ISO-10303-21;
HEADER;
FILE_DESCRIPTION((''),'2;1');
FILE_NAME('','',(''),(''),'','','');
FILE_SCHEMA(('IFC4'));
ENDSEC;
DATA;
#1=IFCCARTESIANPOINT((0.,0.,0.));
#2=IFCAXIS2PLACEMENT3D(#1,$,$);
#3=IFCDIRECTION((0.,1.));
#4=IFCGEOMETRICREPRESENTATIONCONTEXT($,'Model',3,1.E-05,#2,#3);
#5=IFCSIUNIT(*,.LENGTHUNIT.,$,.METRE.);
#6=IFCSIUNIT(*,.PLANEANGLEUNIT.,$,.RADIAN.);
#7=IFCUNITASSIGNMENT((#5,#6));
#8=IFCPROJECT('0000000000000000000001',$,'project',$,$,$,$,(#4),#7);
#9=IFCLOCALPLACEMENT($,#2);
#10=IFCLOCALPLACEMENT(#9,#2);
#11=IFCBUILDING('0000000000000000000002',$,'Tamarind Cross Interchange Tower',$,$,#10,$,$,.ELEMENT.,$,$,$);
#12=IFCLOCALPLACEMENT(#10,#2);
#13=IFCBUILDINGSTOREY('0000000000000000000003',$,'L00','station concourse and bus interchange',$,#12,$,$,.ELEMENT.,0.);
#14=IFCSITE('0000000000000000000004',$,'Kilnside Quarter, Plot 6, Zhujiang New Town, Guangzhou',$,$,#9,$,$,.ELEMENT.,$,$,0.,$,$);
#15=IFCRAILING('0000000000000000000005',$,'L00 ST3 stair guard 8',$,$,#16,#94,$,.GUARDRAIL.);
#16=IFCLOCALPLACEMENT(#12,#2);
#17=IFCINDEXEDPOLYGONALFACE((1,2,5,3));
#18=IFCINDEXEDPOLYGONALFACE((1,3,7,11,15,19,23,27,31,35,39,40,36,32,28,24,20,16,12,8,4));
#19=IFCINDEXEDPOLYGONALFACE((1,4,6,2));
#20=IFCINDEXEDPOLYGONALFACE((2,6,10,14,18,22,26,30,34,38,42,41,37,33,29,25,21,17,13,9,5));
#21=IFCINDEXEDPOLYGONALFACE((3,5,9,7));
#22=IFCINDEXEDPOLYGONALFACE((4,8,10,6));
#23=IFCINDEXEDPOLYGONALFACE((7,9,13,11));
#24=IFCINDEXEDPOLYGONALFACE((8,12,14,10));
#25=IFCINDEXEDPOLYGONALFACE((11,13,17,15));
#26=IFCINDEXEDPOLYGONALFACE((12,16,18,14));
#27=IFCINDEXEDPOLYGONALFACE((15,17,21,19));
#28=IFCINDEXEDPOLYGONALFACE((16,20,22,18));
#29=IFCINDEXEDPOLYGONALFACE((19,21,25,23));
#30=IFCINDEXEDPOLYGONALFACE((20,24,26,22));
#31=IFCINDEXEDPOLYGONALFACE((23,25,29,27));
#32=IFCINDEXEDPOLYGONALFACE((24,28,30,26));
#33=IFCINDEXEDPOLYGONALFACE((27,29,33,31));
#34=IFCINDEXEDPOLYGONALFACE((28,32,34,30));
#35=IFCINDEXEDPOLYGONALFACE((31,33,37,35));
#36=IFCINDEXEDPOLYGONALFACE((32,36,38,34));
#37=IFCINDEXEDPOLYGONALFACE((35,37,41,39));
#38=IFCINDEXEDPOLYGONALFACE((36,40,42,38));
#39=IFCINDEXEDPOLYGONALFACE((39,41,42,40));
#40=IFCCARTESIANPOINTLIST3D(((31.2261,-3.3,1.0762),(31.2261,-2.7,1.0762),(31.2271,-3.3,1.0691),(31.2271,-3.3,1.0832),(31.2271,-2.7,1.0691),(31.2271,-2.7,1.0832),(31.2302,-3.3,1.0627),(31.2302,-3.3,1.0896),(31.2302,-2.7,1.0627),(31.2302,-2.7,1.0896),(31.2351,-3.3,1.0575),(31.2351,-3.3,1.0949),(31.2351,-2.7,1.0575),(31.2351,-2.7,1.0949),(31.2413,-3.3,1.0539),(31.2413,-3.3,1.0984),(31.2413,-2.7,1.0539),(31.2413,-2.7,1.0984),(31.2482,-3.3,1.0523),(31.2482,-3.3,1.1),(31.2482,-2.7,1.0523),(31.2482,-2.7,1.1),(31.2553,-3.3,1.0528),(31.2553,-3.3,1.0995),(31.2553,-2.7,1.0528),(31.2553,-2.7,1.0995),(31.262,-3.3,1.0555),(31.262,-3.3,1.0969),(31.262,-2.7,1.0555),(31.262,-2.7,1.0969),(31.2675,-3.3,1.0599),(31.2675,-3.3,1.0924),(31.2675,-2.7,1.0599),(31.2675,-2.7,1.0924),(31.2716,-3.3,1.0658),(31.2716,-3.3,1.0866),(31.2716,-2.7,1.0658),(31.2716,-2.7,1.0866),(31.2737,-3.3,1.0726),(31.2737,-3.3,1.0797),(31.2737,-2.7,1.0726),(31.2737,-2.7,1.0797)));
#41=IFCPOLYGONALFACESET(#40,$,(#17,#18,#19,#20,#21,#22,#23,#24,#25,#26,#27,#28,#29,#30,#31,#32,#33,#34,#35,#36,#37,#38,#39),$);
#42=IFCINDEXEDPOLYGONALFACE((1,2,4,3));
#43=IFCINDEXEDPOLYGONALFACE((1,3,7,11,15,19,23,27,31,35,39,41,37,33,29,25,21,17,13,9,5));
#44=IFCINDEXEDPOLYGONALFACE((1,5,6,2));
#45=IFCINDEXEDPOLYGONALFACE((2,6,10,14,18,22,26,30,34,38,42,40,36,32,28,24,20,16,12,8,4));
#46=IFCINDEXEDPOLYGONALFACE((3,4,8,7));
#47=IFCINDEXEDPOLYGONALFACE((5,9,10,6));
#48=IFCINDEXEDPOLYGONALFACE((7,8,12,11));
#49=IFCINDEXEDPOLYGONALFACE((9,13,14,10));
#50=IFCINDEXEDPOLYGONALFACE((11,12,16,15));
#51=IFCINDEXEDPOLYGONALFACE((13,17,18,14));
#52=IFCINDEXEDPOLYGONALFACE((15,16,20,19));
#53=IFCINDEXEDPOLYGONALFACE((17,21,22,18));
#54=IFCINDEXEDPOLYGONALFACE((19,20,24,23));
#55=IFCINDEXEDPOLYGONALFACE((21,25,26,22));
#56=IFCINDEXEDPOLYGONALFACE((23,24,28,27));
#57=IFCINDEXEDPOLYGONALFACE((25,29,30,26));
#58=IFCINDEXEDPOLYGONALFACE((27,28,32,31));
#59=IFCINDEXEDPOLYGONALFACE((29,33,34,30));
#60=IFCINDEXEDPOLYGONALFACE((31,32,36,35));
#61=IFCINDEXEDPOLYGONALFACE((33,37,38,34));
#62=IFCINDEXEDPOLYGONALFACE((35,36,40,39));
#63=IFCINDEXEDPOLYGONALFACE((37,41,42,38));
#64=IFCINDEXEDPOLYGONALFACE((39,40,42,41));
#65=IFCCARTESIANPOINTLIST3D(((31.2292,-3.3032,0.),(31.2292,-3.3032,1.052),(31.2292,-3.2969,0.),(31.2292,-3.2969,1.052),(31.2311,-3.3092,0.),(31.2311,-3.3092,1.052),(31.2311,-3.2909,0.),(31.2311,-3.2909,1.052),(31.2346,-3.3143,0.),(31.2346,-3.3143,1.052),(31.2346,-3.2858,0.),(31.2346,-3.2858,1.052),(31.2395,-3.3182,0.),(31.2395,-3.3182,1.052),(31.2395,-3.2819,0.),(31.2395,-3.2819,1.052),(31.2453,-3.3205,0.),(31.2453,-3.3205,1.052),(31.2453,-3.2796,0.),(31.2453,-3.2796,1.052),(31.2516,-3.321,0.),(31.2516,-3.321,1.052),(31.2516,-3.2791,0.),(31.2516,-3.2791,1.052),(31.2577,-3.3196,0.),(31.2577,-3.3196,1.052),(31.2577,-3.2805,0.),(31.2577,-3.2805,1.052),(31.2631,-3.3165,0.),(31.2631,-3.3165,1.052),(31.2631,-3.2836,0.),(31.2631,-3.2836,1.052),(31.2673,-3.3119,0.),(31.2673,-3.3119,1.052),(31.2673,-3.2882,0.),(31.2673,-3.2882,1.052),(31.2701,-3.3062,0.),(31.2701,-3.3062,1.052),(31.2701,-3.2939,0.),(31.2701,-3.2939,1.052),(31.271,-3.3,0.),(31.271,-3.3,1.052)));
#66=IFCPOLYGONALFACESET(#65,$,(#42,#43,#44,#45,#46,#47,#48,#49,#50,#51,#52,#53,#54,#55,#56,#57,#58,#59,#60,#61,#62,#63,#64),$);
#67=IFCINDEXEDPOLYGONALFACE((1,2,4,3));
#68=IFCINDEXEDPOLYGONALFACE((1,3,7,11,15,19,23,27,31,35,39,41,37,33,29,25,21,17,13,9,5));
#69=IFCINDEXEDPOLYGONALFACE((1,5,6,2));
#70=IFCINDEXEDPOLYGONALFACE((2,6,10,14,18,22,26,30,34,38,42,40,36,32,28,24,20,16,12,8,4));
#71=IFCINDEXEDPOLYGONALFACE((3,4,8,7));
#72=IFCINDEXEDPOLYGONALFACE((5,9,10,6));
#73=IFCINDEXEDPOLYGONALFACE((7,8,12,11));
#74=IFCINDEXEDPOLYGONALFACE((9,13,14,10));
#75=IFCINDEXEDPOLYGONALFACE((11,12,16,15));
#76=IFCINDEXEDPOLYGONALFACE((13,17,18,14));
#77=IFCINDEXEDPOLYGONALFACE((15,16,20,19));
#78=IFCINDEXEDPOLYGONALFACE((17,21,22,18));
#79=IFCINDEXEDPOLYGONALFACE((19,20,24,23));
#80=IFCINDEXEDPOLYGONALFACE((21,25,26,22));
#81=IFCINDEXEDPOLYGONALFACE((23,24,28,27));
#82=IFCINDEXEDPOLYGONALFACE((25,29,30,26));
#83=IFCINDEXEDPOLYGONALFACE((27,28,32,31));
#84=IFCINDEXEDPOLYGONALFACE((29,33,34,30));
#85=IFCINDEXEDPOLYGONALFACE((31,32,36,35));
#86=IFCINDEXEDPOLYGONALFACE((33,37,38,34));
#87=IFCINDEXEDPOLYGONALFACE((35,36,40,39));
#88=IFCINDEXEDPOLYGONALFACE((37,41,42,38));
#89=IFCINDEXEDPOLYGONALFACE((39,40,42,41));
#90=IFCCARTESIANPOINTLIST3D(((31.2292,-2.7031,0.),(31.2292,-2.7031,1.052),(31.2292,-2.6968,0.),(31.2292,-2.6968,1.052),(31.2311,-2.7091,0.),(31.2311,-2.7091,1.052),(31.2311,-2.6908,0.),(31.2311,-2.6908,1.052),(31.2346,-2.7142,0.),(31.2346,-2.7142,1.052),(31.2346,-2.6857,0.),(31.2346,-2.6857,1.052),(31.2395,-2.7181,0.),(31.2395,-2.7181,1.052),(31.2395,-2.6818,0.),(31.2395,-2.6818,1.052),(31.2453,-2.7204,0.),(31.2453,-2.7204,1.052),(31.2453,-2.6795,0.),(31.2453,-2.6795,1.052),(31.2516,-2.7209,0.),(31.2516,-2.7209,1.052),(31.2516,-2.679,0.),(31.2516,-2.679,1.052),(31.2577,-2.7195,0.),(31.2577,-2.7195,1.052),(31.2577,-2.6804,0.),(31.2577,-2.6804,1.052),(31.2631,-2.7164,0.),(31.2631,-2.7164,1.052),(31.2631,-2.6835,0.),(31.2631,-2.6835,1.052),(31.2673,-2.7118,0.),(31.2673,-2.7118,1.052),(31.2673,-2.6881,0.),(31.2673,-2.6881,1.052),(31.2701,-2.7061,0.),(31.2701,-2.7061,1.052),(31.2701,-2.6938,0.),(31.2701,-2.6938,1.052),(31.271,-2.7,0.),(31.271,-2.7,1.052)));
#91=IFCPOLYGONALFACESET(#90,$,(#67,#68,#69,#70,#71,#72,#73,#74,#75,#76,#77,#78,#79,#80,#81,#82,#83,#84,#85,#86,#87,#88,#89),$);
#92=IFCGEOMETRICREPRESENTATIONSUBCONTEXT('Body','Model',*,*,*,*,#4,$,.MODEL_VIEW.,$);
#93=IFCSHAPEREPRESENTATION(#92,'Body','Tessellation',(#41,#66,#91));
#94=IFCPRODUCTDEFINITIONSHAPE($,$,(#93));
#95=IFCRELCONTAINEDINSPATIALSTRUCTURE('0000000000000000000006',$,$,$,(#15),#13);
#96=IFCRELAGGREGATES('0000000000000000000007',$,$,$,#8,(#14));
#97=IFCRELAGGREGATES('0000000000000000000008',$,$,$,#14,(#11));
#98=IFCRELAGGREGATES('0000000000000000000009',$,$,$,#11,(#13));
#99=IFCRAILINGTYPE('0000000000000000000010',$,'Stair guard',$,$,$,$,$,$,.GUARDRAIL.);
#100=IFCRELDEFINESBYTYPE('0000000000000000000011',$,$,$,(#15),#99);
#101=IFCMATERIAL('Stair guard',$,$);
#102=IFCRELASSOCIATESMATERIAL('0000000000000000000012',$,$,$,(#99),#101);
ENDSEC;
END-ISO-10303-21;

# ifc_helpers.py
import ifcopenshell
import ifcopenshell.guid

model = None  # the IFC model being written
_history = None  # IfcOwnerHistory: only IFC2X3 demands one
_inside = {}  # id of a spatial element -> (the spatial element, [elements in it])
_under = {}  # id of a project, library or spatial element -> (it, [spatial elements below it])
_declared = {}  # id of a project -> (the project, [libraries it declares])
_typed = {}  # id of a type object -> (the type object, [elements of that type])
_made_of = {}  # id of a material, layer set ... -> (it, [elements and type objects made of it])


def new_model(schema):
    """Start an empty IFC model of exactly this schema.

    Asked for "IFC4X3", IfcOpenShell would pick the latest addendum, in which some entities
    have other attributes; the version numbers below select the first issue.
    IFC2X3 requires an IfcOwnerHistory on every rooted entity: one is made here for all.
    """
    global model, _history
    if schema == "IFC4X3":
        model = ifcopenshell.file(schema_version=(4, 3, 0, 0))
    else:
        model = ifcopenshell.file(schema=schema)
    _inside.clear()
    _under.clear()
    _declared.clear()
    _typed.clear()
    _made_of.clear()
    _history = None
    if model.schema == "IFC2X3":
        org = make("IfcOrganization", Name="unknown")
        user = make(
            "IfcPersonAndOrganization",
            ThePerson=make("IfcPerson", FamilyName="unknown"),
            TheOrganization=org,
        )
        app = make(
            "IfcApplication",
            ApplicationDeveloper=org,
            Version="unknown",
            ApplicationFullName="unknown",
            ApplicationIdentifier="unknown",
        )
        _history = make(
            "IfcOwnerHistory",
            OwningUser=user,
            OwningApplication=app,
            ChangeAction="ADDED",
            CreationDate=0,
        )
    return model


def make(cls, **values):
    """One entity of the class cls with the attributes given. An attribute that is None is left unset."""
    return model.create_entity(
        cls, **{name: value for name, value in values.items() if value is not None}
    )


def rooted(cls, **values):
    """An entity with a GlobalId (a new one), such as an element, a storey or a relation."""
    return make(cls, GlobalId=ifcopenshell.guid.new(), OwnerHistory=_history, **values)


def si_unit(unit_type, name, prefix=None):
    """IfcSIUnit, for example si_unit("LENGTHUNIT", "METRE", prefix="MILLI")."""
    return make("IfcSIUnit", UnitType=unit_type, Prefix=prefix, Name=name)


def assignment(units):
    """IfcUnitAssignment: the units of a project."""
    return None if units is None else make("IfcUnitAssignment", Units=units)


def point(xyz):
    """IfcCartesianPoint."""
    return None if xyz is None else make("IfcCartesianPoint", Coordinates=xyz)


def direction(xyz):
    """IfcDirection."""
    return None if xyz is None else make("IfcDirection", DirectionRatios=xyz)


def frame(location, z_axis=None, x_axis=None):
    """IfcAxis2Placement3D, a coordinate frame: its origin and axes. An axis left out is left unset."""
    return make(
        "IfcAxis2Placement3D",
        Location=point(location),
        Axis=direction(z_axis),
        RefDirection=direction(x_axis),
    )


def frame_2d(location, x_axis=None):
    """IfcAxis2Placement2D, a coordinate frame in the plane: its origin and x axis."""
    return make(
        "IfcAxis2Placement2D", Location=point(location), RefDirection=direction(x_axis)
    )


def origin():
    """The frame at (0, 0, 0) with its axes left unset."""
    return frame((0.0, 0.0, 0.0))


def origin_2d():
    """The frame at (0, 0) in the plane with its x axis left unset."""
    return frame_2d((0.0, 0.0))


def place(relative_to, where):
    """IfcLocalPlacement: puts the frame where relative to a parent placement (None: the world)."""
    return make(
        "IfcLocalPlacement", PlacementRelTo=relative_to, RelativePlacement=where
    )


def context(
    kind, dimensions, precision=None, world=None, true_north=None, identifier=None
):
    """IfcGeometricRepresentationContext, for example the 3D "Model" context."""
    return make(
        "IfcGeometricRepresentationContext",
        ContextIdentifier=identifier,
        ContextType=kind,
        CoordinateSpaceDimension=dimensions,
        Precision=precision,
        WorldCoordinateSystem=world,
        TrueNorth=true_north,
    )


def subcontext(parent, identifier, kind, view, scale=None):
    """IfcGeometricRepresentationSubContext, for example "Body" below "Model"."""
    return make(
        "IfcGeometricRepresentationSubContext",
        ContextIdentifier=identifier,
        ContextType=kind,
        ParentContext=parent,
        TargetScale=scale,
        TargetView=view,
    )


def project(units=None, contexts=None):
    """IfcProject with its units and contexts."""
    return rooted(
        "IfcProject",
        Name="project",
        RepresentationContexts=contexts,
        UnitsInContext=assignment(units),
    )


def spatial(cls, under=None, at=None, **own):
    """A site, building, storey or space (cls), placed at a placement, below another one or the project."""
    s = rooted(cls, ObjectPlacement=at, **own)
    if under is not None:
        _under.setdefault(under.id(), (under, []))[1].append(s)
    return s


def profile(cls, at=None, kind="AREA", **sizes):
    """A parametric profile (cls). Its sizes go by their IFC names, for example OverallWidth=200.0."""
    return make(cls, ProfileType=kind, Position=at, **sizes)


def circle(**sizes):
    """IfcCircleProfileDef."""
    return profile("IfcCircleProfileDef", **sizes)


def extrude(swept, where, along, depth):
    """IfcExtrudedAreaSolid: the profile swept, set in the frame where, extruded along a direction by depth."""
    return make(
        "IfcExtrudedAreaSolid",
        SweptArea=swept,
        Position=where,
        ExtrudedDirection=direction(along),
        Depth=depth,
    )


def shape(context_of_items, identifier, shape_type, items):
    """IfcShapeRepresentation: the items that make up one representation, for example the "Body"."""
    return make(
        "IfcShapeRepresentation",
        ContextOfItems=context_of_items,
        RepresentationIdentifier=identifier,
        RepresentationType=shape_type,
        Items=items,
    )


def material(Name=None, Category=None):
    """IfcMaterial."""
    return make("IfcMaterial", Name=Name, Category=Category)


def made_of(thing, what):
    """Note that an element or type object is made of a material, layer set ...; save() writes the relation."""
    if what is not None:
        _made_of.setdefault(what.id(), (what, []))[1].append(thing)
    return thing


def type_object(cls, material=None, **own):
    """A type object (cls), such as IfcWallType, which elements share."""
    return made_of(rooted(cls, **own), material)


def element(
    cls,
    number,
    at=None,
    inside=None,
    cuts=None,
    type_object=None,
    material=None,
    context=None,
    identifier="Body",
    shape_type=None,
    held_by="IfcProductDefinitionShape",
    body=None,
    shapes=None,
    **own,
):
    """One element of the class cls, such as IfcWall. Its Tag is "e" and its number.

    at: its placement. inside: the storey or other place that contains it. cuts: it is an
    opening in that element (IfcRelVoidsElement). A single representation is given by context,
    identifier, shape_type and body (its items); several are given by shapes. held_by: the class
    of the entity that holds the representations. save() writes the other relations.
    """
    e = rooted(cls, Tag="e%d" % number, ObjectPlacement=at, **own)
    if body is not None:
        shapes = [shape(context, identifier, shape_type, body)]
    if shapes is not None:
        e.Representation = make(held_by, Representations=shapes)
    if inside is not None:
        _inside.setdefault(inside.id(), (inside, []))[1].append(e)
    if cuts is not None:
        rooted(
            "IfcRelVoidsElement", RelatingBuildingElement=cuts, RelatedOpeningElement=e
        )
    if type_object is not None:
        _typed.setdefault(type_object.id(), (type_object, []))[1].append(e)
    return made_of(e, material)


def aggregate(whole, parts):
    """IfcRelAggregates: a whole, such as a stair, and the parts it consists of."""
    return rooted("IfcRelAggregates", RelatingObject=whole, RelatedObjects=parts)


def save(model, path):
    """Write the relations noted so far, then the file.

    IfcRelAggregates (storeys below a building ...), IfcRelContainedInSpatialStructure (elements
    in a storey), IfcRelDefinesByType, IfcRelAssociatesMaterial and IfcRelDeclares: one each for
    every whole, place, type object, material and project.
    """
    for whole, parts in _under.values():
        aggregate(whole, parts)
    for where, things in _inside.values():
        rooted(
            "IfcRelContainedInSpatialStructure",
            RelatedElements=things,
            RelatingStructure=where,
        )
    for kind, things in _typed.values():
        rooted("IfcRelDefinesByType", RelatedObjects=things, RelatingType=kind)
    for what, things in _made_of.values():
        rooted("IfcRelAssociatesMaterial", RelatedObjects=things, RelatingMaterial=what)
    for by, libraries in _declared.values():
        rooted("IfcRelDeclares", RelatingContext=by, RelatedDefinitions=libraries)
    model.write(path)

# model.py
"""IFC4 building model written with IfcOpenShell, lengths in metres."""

from ifc_helpers import new_model, si_unit, direction, frame, origin, origin_2d, place, context, subcontext, project, spatial, circle, extrude, material, type_object, element, save


model = new_model("IFC4")

# Units and contexts
model_context = context("Model", 3, precision=1e-05, world=origin(), true_north=direction((0.0, 1.0)))
body_context = subcontext(model_context, "Body", "Model", "MODEL_VIEW")
ifc_project = project(units=[si_unit("LENGTHUNIT", "METRE"), si_unit("PLANEANGLEUNIT", "RADIAN")], contexts=[model_context])

# Site, building, storey
site_placement = place(None, origin())
site = spatial("IfcSite", under=ifc_project, at=site_placement, Name="Kilnside Quarter, Plot 6, Zhujiang New Town, Guangzhou", CompositionType="ELEMENT", RefElevation=0.0)
building_placement = place(site_placement, origin())
building = spatial("IfcBuilding", under=site, at=building_placement, Name="Tamarind Cross Interchange Tower", CompositionType="ELEMENT")
storey_placement = place(building_placement, origin())
storey = spatial("IfcBuildingStorey", under=building, at=storey_placement, Name="L00", Description="station concourse and bus interchange", CompositionType="ELEMENT", Elevation=0.0)

# Railing
ifc_material_1 = material(Name="Stair guard")
railing_type_1 = type_object("IfcRailingType", Name="Stair guard", PredefinedType="GUARDRAIL", material=ifc_material_1)
railing_1_placement = place(storey_placement, frame((31.25, -3.3, 0.0)))
element("IfcRailing", 1, at=railing_1_placement, inside=storey, type_object=railing_type_1, Name="L00 ST3 stair guard 8", PredefinedType="GUARDRAIL", context=body_context, shape_type="SweptSolid", body=[
    extrude(circle(Radius=0.0239, at=origin_2d()), frame((0.0, 0.0, 1.0762), z_axis=(0.0, 1.0, 0.0), x_axis=(-1.0, 0.0, 0.0)), (0.0, 0.0, 1.0), 0.6001),
    extrude(circle(Radius=0.021, at=origin_2d()), origin(), (0.0, 0.0, 1.0), 1.052),
    extrude(circle(Radius=0.021, at=origin_2d()), frame((0.0, 0.6001, 0.0)), (0.0, 0.0, 1.0), 1.052),
])

save(model, "model.ifc")
